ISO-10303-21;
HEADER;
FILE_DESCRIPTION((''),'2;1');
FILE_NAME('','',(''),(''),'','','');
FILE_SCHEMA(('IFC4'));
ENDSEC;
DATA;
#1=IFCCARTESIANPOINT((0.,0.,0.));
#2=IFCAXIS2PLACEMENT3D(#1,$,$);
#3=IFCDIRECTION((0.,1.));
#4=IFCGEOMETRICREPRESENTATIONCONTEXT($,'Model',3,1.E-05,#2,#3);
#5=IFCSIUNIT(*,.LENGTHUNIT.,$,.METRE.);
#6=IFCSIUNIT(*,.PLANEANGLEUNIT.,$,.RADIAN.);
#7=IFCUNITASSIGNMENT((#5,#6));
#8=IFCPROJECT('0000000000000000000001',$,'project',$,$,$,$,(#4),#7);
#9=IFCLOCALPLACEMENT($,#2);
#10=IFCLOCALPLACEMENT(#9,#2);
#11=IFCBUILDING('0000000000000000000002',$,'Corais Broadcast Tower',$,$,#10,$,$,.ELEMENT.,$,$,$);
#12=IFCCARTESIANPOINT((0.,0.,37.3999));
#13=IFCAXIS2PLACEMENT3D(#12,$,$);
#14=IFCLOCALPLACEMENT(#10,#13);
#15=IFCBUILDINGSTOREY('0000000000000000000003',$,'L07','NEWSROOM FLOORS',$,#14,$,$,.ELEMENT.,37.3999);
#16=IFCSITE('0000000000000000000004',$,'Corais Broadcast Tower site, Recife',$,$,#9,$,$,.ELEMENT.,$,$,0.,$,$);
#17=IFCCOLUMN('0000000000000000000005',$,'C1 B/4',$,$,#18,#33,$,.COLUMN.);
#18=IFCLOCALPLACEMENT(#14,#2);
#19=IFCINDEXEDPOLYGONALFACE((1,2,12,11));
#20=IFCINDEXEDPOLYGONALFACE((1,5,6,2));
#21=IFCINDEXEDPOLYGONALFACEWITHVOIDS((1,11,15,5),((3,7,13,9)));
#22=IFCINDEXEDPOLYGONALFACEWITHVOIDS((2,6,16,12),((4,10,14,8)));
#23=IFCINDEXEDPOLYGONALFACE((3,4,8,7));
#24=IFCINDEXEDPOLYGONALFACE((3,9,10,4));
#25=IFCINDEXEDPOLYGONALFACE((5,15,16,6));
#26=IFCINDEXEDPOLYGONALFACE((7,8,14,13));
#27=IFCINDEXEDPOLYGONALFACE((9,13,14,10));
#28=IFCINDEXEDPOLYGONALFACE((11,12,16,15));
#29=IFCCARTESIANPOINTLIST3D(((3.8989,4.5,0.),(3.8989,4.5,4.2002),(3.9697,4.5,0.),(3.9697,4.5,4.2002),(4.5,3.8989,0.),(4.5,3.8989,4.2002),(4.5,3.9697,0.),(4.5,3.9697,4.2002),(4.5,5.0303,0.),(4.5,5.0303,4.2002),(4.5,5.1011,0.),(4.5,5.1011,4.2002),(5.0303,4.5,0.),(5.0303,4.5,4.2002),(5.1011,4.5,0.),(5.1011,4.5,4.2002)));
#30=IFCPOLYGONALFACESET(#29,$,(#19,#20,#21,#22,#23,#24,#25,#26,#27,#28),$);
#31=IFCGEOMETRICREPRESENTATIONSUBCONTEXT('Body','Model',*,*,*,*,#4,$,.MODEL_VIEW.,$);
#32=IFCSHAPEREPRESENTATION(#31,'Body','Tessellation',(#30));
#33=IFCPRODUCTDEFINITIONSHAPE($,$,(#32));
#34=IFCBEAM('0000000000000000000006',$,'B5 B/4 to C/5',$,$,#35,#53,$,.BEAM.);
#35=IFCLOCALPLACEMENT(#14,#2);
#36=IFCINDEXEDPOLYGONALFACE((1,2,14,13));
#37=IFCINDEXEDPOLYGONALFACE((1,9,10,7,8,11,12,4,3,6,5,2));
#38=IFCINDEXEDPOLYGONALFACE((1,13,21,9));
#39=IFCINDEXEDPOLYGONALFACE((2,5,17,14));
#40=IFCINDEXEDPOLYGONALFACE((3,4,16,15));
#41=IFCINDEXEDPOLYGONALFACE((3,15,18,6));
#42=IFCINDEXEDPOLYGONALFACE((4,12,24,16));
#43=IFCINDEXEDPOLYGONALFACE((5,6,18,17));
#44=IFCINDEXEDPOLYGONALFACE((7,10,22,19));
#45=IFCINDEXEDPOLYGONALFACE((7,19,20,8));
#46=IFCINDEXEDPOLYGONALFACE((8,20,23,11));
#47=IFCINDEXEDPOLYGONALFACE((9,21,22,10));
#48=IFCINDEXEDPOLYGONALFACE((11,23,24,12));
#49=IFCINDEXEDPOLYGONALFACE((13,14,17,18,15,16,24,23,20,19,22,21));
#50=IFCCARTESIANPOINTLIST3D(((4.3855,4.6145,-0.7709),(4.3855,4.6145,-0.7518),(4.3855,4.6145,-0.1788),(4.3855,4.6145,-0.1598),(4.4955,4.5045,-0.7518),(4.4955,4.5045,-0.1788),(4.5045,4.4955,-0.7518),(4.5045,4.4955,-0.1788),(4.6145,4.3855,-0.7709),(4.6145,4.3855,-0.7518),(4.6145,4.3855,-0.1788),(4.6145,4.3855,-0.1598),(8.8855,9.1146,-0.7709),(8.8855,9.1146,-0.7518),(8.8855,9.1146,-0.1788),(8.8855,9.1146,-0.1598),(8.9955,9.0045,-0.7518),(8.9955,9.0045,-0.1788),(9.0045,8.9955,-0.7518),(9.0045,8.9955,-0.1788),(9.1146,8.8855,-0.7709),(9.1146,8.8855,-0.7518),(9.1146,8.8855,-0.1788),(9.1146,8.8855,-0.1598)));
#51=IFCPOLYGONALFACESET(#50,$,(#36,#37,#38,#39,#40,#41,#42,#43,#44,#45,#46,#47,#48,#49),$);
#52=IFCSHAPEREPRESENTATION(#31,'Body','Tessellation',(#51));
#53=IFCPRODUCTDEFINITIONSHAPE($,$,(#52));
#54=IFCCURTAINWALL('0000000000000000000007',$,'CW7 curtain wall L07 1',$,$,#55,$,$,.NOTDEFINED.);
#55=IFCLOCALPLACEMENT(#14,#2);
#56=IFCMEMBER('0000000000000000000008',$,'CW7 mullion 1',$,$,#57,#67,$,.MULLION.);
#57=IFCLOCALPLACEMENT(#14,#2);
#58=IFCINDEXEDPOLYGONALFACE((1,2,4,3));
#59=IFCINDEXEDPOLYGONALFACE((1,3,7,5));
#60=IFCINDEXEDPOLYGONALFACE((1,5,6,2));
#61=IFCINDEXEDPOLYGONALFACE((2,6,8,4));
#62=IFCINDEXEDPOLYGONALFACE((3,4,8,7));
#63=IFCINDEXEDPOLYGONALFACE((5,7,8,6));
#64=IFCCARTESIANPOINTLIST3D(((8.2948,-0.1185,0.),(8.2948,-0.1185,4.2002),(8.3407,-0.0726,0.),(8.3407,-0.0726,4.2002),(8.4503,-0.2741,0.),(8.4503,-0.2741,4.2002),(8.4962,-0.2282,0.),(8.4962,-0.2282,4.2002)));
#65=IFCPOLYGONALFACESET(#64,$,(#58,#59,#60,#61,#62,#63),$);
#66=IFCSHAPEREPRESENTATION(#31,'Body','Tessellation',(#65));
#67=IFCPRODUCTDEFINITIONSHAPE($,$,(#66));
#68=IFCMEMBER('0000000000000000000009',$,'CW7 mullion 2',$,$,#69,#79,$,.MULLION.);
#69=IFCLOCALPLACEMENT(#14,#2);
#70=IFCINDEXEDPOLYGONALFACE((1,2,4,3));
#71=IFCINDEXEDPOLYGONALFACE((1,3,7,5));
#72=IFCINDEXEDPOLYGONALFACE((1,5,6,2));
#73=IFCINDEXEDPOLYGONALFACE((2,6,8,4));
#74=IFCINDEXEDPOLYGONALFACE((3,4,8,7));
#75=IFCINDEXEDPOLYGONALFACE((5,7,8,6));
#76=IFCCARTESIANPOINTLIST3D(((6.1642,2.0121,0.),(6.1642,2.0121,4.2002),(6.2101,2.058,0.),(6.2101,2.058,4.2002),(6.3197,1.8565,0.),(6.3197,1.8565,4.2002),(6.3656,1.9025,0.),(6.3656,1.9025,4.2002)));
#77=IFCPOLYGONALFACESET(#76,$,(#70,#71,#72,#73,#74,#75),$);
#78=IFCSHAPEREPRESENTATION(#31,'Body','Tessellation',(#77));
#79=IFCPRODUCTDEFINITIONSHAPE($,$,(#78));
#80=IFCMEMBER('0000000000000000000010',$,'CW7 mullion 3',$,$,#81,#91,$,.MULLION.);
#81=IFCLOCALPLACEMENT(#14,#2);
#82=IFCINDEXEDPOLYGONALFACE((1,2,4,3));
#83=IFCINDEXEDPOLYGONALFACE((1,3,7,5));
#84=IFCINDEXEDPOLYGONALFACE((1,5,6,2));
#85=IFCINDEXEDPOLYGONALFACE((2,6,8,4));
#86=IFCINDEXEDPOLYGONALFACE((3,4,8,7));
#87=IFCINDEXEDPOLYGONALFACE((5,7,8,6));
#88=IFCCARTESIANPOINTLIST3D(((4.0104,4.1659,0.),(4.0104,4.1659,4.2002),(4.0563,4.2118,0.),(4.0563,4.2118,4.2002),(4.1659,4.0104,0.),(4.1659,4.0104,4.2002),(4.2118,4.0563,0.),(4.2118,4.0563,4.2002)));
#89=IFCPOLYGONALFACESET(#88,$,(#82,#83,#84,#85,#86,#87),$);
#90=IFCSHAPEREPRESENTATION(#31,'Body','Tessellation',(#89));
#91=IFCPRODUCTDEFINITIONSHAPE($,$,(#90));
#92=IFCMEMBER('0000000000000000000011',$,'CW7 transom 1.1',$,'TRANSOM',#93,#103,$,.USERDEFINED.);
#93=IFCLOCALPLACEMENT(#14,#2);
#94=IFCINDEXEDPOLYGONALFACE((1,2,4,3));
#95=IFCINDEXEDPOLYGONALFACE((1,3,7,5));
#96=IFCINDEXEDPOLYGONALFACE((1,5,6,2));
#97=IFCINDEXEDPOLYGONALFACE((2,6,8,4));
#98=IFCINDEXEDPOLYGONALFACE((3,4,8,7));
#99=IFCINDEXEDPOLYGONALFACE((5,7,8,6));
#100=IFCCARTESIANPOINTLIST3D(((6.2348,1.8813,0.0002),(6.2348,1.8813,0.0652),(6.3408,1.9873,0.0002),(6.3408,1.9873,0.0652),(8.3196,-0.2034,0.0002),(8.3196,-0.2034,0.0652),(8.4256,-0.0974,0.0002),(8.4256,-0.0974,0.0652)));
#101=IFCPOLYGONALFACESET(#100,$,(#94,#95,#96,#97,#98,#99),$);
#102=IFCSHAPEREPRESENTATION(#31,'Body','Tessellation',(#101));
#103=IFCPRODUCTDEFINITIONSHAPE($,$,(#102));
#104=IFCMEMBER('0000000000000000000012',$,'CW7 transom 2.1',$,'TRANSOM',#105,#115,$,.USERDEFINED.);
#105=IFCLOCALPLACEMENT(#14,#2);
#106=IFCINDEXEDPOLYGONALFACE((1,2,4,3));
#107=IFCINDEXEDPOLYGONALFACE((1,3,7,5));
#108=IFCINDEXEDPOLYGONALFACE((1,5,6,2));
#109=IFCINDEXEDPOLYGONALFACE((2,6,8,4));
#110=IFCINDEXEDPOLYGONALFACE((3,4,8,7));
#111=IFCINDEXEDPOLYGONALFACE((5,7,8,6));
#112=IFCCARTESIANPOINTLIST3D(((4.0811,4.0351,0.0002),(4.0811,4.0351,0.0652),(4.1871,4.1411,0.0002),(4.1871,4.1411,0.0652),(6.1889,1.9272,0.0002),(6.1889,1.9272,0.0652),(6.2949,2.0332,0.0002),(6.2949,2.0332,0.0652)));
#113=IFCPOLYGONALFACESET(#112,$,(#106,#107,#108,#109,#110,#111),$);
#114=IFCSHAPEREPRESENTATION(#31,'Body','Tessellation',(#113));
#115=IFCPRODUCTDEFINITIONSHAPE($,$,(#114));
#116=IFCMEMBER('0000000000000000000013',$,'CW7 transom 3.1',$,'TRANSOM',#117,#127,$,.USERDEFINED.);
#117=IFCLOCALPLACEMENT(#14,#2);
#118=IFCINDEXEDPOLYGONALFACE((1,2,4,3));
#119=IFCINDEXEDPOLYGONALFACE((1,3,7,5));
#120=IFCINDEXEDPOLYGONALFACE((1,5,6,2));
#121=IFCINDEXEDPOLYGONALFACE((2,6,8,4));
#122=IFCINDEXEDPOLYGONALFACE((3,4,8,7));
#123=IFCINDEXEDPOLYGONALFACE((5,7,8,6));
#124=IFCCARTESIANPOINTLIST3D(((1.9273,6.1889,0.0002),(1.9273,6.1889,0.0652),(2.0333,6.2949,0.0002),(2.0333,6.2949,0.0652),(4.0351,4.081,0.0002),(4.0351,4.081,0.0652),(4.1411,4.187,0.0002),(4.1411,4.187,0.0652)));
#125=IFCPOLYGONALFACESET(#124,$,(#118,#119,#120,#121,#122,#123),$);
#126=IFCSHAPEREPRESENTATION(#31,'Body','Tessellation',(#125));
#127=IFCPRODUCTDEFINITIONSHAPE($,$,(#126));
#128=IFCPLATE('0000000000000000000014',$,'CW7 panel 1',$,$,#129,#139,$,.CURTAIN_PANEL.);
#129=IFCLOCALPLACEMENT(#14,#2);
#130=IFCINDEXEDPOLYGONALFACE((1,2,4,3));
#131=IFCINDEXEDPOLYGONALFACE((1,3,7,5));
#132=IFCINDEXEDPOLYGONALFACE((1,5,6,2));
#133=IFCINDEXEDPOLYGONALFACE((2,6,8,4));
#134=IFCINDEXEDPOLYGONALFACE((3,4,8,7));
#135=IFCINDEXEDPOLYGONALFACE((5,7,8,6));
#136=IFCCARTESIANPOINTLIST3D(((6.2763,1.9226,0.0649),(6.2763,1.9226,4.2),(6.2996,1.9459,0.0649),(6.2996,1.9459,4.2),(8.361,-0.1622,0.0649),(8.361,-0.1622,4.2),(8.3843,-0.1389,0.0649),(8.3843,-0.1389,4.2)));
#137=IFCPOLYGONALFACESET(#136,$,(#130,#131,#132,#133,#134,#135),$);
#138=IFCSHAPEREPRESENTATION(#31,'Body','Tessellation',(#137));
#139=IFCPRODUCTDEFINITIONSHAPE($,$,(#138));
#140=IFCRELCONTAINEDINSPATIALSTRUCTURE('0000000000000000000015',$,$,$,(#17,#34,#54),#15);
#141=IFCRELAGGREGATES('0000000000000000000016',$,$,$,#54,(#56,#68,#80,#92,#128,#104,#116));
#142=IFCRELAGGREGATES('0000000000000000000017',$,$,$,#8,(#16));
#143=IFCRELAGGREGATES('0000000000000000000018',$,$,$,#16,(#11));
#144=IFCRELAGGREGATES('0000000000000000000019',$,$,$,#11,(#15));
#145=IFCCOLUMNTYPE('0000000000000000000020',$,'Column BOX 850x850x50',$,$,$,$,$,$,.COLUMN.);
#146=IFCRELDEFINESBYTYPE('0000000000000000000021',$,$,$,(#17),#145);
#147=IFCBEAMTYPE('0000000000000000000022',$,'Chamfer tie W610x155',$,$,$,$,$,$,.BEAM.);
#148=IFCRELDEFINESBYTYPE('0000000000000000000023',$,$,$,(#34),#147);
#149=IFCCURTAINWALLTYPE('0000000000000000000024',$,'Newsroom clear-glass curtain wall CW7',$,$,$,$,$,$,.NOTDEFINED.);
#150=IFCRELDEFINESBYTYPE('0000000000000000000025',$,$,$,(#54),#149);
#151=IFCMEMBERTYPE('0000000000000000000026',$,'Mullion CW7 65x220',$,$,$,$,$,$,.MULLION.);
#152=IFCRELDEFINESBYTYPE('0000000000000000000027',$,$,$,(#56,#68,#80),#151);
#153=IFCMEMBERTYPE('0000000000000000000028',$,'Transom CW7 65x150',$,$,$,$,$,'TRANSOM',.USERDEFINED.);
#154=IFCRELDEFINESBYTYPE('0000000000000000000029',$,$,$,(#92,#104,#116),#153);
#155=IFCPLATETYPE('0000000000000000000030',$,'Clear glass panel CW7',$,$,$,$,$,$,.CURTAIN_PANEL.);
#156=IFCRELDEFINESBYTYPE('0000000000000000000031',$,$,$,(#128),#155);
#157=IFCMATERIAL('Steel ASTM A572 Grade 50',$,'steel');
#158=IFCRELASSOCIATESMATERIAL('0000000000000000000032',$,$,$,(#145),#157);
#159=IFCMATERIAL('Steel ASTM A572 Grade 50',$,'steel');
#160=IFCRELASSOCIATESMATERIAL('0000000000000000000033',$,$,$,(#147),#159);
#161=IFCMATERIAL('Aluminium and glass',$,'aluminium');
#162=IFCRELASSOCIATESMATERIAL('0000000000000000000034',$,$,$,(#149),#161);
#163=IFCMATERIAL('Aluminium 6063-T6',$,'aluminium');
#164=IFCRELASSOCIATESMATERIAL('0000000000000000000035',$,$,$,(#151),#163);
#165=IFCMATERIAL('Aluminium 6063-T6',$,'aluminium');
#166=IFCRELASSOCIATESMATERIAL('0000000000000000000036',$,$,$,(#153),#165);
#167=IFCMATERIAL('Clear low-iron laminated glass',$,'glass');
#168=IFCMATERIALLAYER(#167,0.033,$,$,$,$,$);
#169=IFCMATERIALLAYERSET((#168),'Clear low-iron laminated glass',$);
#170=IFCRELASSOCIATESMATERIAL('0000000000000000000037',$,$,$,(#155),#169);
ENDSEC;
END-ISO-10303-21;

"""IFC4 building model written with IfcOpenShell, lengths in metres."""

from ifc_helpers import new_model, si_unit, direction, frame, origin, origin_2d, place, context, subcontext, project, spatial, rectangle, hollow_rectangle, i_section, extrude, material, layer, layer_set, material_profile, profile_set, type_object, element, aggregate, save


model = new_model("IFC4")

# Units and contexts
model_context = context("Model", 3, precision=1e-05, world=origin(), true_north=direction((0.0, 1.0)))
body_context = subcontext(model_context, "Body", "Model", "MODEL_VIEW")
ifc_project = project(units=[si_unit("LENGTHUNIT", "METRE"), si_unit("PLANEANGLEUNIT", "RADIAN")], contexts=[model_context])

# Site, building, storey
site_placement = place(None, origin())
site = spatial("IfcSite", under=ifc_project, at=site_placement, Name="Corais Broadcast Tower site, Recife", CompositionType="ELEMENT", RefElevation=0.0)
building_placement = place(site_placement, origin())
building = spatial("IfcBuilding", under=site, at=building_placement, Name="Corais Broadcast Tower", CompositionType="ELEMENT")
storey_placement = place(building_placement, frame((0.0, 0.0, 37.3999)))
storey = spatial("IfcBuildingStorey", under=building, at=storey_placement, Name="L07", Description="NEWSROOM FLOORS", CompositionType="ELEMENT", Elevation=37.3999)

# Column
ifc_material_1 = material(Name="Steel ASTM A572 Grade 50", Category="steel")
ifc_material_profile_1 = material_profile(ifc_material_1, hollow_rectangle(XDim=0.8501, YDim=0.8501, WallThickness=0.05, at=origin_2d()), Name="BOX 850x850x50")
ifc_profile_set_1 = profile_set([ifc_material_profile_1], Name="Steel ASTM A572 Grade 50")
column_type = type_object("IfcColumnType", Name="Column BOX 850x850x50", PredefinedType="COLUMN", material=ifc_profile_set_1)
column_placement = place(storey_placement, frame((4.5, 4.5, 0.0), z_axis=(0.0, 0.0, 1.0), x_axis=(0.707107, 0.707107, 0.0)))
element("IfcColumn", 1, at=column_placement, inside=storey, type_object=column_type, Name="C1 B/4", PredefinedType="COLUMN", context=body_context, shape_type="SweptSolid", body=[
    extrude(hollow_rectangle(XDim=0.8501, YDim=0.8501, WallThickness=0.05, at=origin_2d()), origin(), (0.0, 0.0, 1.0), 4.2002),
])

# Beam
ifc_material_2 = material(Name="Steel ASTM A572 Grade 50", Category="steel")
ifc_material_profile_2 = material_profile(ifc_material_2, i_section(OverallWidth=0.324, OverallDepth=0.6111, WebThickness=0.0127, FlangeThickness=0.019, at=origin_2d()), Name="W610x155")
ifc_profile_set_2 = profile_set([ifc_material_profile_2], Name="Steel ASTM A572 Grade 50")
beam_type = type_object("IfcBeamType", Name="Chamfer tie W610x155", PredefinedType="BEAM", material=ifc_profile_set_2)
beam_placement = place(storey_placement, frame((4.5, 4.5, -0.4653), z_axis=(0.707107, 0.707107, 0.0), x_axis=(-0.707107, 0.707107, 0.0)))
element("IfcBeam", 2, at=beam_placement, inside=storey, type_object=beam_type, Name="B5 B/4 to C/5", PredefinedType="BEAM", context=body_context, shape_type="SweptSolid", body=[
    extrude(i_section(OverallWidth=0.324, OverallDepth=0.6111, WebThickness=0.0127, FlangeThickness=0.019, at=origin_2d()), origin(), (0.0, 0.0, 1.0), 6.364),
])

# Curtain wall, members, plate
ifc_material_3 = material(Name="Aluminium and glass", Category="aluminium")
curtain_wall_type = type_object("IfcCurtainWallType", Name="Newsroom clear-glass curtain wall CW7", PredefinedType="NOTDEFINED", material=ifc_material_3)
curtain_wall_placement = place(storey_placement, origin())
curtain_wall = element("IfcCurtainWall", 3, at=curtain_wall_placement, inside=storey, type_object=curtain_wall_type, Name="CW7 curtain wall L07 1", PredefinedType="NOTDEFINED")
ifc_material_4 = material(Name="Aluminium 6063-T6", Category="aluminium")
ifc_material_profile_3 = material_profile(ifc_material_4, rectangle(XDim=0.0649, YDim=0.22, at=origin_2d()), Name="Mullion CW7 65x220")
ifc_profile_set_3 = profile_set([ifc_material_profile_3], Name="Aluminium 6063-T6")
member_type_1 = type_object("IfcMemberType", Name="Mullion CW7 65x220", PredefinedType="MULLION", material=ifc_profile_set_3)
member_1_placement = place(storey_placement, frame((8.3955, -0.1733, 0.0), z_axis=(0.0, 0.0, 1.0), x_axis=(-0.707107, -0.707107, 0.0)))
member_1 = element("IfcMember", 4, at=member_1_placement, type_object=member_type_1, Name="CW7 mullion 1", PredefinedType="MULLION", context=body_context, shape_type="SweptSolid", body=[
    extrude(rectangle(XDim=0.0649, YDim=0.22, at=origin_2d()), origin(), (0.0, 0.0, 1.0), 4.2002),
])
member_2_placement = place(storey_placement, frame((6.2649, 1.9573, 0.0), z_axis=(0.0, 0.0, 1.0), x_axis=(-0.707107, -0.707107, 0.0)))
member_2 = element("IfcMember", 5, at=member_2_placement, type_object=member_type_1, Name="CW7 mullion 2", PredefinedType="MULLION", context=body_context, shape_type="SweptSolid", body=[
    extrude(rectangle(XDim=0.0649, YDim=0.22, at=origin_2d()), origin(), (0.0, 0.0, 1.0), 4.2002),
])
member_3_placement = place(storey_placement, frame((4.1111, 4.1111, 0.0), z_axis=(0.0, 0.0, 1.0), x_axis=(-0.707107, -0.707107, 0.0)))
member_3 = element("IfcMember", 6, at=member_3_placement, type_object=member_type_1, Name="CW7 mullion 3", PredefinedType="MULLION", context=body_context, shape_type="SweptSolid", body=[
    extrude(rectangle(XDim=0.0649, YDim=0.22, at=origin_2d()), origin(), (0.0, 0.0, 1.0), 4.2002),
])
ifc_material_5 = material(Name="Aluminium 6063-T6", Category="aluminium")
ifc_material_profile_4 = material_profile(ifc_material_5, rectangle(XDim=0.1499, YDim=0.0649, at=origin_2d()), Name="Transom CW7 65x150")
ifc_profile_set_4 = profile_set([ifc_material_profile_4], Name="Aluminium 6063-T6")
member_type_2 = type_object("IfcMemberType", Name="Transom CW7 65x150", ElementType="TRANSOM", PredefinedType="USERDEFINED", material=ifc_profile_set_4)
member_4_placement = place(storey_placement, frame((8.3726, -0.1504, 0.0327), z_axis=(-0.707107, 0.707107, 0.0), x_axis=(-0.707107, -0.707107, 0.0)))
member_4 = element("IfcMember", 7, at=member_4_placement, type_object=member_type_2, Name="CW7 transom 1.1", ObjectType="TRANSOM", PredefinedType="USERDEFINED", context=body_context, shape_type="SweptSolid", body=[
    extrude(rectangle(XDim=0.1499, YDim=0.0649, at=origin_2d()), origin(), (0.0, 0.0, 1.0), 2.9482),
])
member_5_placement = place(storey_placement, frame((6.2419, 1.9802, 0.0327), z_axis=(-0.707107, 0.707107, 0.0), x_axis=(-0.707107, -0.707107, 0.0)))
member_5 = element("IfcMember", 8, at=member_5_placement, type_object=member_type_2, Name="CW7 transom 2.1", ObjectType="TRANSOM", PredefinedType="USERDEFINED", context=body_context, shape_type="SweptSolid", body=[
    extrude(rectangle(XDim=0.1499, YDim=0.0649, at=origin_2d()), origin(), (0.0, 0.0, 1.0), 2.981),
])
member_6_placement = place(storey_placement, frame((4.0881, 4.134, 0.0327), z_axis=(-0.707107, 0.707107, 0.0), x_axis=(-0.707107, -0.707107, 0.0)))
member_6 = element("IfcMember", 9, at=member_6_placement, type_object=member_type_2, Name="CW7 transom 3.1", ObjectType="TRANSOM", PredefinedType="USERDEFINED", context=body_context, shape_type="SweptSolid", body=[
    extrude(rectangle(XDim=0.1499, YDim=0.0649, at=origin_2d()), origin(), (0.0, 0.0, 1.0), 2.981),
])
ifc_material_6 = material(Name="Clear low-iron laminated glass", Category="glass")
ifc_layer_1 = layer(ifc_material_6, 0.033)
ifc_layer_set_1 = layer_set([ifc_layer_1], Name="Clear low-iron laminated glass")
plate_type_1 = type_object("IfcPlateType", Name="Clear glass panel CW7", PredefinedType="CURTAIN_PANEL", material=ifc_layer_set_1)
plate_1_placement = place(storey_placement, frame((7.3303, 0.8918, 0.0649), z_axis=(0.0, 0.0, 1.0), x_axis=(-0.707107, 0.707107, 0.0)))
plate_1 = element("IfcPlate", 10, at=plate_1_placement, type_object=plate_type_1, Name="CW7 panel 1", PredefinedType="CURTAIN_PANEL", context=body_context, shape_type="SweptSolid", body=[
    extrude(rectangle(XDim=2.9482, YDim=0.033, at=origin_2d()), origin(), (0.0, 0.0, 1.0), 4.135),
])

aggregate(curtain_wall, [member_1, member_2, member_3, member_4, plate_1, member_5, member_6])

save(model, "model.ifc")
